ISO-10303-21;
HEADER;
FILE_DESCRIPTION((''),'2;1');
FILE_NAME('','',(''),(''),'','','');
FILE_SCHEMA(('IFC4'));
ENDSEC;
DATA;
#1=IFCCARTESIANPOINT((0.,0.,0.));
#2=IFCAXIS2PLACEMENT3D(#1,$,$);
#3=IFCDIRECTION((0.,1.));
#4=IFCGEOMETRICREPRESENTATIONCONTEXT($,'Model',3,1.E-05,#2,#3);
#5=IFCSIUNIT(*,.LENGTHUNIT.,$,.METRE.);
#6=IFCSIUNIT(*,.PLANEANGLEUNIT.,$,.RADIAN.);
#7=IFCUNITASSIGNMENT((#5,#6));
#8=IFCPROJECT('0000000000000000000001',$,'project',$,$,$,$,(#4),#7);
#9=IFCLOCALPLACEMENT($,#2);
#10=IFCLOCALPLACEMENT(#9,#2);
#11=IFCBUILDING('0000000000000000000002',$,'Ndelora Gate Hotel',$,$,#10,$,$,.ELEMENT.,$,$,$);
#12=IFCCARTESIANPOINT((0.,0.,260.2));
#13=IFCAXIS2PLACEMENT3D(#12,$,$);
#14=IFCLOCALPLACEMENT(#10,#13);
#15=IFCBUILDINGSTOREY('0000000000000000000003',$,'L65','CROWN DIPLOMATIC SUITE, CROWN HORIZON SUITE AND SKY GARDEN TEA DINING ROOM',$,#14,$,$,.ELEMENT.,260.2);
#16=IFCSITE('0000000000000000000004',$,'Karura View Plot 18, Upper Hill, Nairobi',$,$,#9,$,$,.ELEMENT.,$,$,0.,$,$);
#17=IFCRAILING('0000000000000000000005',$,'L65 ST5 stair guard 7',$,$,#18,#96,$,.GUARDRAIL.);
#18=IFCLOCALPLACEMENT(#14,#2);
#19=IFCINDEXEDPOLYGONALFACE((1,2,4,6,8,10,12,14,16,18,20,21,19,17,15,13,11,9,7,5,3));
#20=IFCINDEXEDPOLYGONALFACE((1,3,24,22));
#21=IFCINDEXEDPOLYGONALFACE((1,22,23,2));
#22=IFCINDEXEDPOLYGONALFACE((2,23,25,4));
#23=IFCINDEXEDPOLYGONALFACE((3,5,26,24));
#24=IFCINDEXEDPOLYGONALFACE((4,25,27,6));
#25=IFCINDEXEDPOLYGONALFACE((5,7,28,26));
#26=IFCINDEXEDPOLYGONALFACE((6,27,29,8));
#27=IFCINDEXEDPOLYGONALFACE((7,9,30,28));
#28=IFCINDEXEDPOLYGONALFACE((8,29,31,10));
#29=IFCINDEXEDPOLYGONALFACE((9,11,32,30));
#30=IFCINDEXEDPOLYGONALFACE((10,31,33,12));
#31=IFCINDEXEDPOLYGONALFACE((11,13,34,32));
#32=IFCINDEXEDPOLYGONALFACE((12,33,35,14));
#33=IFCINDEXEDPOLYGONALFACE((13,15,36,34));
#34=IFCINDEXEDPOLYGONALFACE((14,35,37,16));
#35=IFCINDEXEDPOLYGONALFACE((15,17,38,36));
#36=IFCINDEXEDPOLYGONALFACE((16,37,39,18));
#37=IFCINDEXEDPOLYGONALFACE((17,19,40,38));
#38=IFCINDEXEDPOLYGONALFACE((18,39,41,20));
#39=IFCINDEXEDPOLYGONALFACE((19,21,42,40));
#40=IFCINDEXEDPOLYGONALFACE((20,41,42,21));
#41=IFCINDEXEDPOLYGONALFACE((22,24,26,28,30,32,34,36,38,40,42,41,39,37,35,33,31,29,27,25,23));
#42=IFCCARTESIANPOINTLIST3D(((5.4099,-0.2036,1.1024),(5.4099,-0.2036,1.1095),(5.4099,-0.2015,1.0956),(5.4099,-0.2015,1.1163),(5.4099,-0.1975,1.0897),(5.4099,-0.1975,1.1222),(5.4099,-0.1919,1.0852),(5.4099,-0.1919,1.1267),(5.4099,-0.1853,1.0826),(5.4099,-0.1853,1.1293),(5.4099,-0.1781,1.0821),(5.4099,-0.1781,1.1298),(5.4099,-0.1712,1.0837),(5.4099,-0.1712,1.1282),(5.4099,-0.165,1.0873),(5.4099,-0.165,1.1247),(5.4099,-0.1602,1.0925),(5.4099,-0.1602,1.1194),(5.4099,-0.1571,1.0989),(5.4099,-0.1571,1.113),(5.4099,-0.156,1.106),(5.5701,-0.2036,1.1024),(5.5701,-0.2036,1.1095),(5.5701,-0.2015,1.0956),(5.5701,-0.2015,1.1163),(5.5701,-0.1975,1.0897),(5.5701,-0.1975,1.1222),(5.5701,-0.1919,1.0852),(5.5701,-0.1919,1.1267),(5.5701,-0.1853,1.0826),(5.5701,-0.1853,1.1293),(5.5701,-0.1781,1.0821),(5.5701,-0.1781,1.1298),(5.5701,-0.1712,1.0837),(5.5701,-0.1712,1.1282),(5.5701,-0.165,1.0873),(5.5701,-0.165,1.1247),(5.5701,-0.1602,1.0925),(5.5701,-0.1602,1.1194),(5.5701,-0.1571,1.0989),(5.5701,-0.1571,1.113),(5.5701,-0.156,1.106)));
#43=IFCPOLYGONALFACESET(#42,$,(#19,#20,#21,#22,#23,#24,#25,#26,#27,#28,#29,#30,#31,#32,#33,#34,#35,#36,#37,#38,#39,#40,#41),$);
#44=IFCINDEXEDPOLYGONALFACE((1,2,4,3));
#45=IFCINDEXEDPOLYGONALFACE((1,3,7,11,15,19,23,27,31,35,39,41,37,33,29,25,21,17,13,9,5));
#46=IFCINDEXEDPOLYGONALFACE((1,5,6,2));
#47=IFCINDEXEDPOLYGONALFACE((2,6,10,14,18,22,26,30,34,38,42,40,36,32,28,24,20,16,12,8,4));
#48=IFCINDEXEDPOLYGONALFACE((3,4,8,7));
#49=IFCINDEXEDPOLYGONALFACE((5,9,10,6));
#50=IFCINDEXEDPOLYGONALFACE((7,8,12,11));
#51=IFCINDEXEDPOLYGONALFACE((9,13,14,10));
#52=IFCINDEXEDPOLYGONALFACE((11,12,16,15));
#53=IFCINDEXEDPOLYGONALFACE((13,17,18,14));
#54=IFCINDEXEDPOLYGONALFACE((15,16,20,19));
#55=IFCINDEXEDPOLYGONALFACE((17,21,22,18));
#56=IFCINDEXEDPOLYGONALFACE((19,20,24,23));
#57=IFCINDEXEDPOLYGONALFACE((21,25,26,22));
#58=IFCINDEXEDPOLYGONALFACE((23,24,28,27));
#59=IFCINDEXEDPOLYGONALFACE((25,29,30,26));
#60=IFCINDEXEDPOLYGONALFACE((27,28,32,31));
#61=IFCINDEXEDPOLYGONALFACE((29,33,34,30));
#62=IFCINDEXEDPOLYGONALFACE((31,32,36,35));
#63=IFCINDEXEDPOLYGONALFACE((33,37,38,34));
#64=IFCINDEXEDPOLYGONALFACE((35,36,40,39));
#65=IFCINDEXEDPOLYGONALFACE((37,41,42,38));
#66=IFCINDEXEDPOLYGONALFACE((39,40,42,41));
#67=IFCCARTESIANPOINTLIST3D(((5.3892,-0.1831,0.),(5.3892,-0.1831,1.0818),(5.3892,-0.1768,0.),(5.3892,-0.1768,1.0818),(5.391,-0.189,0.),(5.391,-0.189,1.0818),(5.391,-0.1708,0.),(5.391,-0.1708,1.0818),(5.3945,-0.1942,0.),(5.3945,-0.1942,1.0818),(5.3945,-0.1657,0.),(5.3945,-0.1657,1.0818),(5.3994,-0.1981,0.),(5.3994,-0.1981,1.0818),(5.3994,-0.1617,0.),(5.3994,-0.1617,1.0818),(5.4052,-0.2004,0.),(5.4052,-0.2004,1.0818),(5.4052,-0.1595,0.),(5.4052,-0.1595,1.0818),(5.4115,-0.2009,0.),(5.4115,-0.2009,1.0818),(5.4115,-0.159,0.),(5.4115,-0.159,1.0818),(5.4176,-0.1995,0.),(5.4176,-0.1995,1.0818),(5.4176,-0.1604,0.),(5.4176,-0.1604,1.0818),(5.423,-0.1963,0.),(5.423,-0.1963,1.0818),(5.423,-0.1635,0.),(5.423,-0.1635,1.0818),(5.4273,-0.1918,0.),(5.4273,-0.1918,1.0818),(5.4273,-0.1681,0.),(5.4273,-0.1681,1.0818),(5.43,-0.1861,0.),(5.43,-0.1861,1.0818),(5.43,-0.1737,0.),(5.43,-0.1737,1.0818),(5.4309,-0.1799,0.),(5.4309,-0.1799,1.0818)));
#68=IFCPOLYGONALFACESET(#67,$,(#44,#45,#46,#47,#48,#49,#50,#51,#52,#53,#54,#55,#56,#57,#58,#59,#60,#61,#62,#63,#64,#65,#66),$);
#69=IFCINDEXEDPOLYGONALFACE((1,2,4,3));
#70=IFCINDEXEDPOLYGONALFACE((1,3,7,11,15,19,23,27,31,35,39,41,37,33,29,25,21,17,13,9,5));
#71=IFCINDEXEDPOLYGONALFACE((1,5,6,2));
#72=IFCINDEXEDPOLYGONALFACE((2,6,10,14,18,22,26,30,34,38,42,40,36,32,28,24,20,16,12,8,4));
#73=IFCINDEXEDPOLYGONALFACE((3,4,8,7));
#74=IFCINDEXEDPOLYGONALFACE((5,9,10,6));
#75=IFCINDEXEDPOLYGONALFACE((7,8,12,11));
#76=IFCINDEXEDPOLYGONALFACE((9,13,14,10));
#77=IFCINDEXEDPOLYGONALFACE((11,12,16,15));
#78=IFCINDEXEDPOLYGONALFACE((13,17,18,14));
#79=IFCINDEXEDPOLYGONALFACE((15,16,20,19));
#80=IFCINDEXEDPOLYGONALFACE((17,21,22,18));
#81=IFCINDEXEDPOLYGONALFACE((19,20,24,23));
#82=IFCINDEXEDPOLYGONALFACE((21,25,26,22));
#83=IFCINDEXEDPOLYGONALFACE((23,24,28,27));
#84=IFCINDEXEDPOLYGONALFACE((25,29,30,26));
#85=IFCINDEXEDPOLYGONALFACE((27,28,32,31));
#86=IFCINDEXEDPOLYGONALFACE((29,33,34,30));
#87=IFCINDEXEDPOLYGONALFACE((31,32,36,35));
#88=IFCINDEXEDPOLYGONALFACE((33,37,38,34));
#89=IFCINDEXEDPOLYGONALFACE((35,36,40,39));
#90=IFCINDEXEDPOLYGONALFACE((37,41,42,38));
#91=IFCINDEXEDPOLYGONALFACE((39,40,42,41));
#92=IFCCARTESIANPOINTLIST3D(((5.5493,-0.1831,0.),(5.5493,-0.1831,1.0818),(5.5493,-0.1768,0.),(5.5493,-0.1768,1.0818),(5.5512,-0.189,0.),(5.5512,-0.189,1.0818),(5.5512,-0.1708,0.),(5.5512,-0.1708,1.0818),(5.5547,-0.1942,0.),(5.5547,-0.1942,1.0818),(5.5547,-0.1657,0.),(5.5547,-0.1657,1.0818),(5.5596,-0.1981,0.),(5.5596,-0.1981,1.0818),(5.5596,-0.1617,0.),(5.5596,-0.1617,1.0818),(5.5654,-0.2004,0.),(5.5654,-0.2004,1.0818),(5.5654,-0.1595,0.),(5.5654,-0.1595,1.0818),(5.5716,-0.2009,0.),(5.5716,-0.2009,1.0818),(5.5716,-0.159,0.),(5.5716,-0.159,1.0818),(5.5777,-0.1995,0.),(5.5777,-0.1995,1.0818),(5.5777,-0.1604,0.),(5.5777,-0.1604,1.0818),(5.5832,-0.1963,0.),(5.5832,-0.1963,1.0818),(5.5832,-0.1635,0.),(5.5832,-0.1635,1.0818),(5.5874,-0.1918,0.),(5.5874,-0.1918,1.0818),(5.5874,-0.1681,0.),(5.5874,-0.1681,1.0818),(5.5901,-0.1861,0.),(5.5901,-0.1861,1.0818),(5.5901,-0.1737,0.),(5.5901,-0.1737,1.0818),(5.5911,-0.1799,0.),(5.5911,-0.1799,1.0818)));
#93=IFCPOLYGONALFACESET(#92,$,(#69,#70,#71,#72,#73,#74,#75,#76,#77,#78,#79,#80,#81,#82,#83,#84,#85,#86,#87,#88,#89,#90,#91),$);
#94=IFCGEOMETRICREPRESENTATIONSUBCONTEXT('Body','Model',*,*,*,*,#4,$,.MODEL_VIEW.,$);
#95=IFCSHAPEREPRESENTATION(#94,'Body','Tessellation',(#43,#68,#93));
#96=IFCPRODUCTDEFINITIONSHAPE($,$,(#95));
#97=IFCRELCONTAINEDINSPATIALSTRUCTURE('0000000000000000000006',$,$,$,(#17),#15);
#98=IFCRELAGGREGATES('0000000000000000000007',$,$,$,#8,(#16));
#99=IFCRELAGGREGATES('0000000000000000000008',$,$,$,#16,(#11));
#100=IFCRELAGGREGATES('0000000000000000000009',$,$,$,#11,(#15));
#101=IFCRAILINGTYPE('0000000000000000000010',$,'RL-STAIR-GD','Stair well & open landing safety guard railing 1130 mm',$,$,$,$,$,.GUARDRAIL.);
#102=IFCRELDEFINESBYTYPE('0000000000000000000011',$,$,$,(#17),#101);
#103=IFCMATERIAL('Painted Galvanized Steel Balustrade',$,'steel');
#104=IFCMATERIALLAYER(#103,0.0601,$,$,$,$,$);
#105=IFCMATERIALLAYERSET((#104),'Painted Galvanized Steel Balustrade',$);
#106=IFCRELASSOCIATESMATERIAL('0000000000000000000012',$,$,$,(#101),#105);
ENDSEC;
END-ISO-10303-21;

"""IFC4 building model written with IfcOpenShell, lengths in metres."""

from ifc_helpers import new_model, si_unit, direction, frame, origin, origin_2d, place, context, subcontext, project, spatial, circle, extrude, material, layer, layer_set, type_object, element, save


model = new_model("IFC4")

# Units and contexts
model_context = context("Model", 3, precision=1e-05, world=origin(), true_north=direction((0.0, 1.0)))
body_context = subcontext(model_context, "Body", "Model", "MODEL_VIEW")
ifc_project = project(units=[si_unit("LENGTHUNIT", "METRE"), si_unit("PLANEANGLEUNIT", "RADIAN")], contexts=[model_context])

# Site, building, storey
site_placement = place(None, origin())
site = spatial("IfcSite", under=ifc_project, at=site_placement, Name="Karura View Plot 18, Upper Hill, Nairobi", CompositionType="ELEMENT", RefElevation=0.0)
building_placement = place(site_placement, origin())
building = spatial("IfcBuilding", under=site, at=building_placement, Name="Ndelora Gate Hotel", CompositionType="ELEMENT")
storey_placement = place(building_placement, frame((0.0, 0.0, 260.2)))
storey = spatial("IfcBuildingStorey", under=building, at=storey_placement, Name="L65", Description="CROWN DIPLOMATIC SUITE, CROWN HORIZON SUITE AND SKY GARDEN TEA DINING ROOM", CompositionType="ELEMENT", Elevation=260.2)

# Railing
ifc_material_1 = material(Name="Painted Galvanized Steel Balustrade", Category="steel")
ifc_layer_1 = layer(ifc_material_1, 0.0601)
ifc_layer_set_1 = layer_set([ifc_layer_1], Name="Painted Galvanized Steel Balustrade")
railing_type_1 = type_object("IfcRailingType", Name="RL-STAIR-GD", Description="Stair well & open landing safety guard railing 1130 mm", PredefinedType="GUARDRAIL", material=ifc_layer_set_1)
railing_1_placement = place(storey_placement, frame((5.4099, -0.1799, 0.0)))
element("IfcRailing", 1, at=railing_1_placement, inside=storey, type_object=railing_type_1, Name="L65 ST5 stair guard 7", PredefinedType="GUARDRAIL", context=body_context, shape_type="SweptSolid", body=[
    extrude(circle(Radius=0.0239, at=origin_2d()), frame((0.0, 0.0, 1.106), z_axis=(1.0, 0.0, 0.0), x_axis=(0.0, 1.0, 0.0)), (0.0, 0.0, 1.0), 0.1602),
    extrude(circle(Radius=0.021, at=origin_2d()), origin(), (0.0, 0.0, 1.0), 1.0818),
    extrude(circle(Radius=0.021, at=origin_2d()), frame((0.1602, 0.0, 0.0)), (0.0, 0.0, 1.0), 1.0818),
])

save(model, "model.ifc")
